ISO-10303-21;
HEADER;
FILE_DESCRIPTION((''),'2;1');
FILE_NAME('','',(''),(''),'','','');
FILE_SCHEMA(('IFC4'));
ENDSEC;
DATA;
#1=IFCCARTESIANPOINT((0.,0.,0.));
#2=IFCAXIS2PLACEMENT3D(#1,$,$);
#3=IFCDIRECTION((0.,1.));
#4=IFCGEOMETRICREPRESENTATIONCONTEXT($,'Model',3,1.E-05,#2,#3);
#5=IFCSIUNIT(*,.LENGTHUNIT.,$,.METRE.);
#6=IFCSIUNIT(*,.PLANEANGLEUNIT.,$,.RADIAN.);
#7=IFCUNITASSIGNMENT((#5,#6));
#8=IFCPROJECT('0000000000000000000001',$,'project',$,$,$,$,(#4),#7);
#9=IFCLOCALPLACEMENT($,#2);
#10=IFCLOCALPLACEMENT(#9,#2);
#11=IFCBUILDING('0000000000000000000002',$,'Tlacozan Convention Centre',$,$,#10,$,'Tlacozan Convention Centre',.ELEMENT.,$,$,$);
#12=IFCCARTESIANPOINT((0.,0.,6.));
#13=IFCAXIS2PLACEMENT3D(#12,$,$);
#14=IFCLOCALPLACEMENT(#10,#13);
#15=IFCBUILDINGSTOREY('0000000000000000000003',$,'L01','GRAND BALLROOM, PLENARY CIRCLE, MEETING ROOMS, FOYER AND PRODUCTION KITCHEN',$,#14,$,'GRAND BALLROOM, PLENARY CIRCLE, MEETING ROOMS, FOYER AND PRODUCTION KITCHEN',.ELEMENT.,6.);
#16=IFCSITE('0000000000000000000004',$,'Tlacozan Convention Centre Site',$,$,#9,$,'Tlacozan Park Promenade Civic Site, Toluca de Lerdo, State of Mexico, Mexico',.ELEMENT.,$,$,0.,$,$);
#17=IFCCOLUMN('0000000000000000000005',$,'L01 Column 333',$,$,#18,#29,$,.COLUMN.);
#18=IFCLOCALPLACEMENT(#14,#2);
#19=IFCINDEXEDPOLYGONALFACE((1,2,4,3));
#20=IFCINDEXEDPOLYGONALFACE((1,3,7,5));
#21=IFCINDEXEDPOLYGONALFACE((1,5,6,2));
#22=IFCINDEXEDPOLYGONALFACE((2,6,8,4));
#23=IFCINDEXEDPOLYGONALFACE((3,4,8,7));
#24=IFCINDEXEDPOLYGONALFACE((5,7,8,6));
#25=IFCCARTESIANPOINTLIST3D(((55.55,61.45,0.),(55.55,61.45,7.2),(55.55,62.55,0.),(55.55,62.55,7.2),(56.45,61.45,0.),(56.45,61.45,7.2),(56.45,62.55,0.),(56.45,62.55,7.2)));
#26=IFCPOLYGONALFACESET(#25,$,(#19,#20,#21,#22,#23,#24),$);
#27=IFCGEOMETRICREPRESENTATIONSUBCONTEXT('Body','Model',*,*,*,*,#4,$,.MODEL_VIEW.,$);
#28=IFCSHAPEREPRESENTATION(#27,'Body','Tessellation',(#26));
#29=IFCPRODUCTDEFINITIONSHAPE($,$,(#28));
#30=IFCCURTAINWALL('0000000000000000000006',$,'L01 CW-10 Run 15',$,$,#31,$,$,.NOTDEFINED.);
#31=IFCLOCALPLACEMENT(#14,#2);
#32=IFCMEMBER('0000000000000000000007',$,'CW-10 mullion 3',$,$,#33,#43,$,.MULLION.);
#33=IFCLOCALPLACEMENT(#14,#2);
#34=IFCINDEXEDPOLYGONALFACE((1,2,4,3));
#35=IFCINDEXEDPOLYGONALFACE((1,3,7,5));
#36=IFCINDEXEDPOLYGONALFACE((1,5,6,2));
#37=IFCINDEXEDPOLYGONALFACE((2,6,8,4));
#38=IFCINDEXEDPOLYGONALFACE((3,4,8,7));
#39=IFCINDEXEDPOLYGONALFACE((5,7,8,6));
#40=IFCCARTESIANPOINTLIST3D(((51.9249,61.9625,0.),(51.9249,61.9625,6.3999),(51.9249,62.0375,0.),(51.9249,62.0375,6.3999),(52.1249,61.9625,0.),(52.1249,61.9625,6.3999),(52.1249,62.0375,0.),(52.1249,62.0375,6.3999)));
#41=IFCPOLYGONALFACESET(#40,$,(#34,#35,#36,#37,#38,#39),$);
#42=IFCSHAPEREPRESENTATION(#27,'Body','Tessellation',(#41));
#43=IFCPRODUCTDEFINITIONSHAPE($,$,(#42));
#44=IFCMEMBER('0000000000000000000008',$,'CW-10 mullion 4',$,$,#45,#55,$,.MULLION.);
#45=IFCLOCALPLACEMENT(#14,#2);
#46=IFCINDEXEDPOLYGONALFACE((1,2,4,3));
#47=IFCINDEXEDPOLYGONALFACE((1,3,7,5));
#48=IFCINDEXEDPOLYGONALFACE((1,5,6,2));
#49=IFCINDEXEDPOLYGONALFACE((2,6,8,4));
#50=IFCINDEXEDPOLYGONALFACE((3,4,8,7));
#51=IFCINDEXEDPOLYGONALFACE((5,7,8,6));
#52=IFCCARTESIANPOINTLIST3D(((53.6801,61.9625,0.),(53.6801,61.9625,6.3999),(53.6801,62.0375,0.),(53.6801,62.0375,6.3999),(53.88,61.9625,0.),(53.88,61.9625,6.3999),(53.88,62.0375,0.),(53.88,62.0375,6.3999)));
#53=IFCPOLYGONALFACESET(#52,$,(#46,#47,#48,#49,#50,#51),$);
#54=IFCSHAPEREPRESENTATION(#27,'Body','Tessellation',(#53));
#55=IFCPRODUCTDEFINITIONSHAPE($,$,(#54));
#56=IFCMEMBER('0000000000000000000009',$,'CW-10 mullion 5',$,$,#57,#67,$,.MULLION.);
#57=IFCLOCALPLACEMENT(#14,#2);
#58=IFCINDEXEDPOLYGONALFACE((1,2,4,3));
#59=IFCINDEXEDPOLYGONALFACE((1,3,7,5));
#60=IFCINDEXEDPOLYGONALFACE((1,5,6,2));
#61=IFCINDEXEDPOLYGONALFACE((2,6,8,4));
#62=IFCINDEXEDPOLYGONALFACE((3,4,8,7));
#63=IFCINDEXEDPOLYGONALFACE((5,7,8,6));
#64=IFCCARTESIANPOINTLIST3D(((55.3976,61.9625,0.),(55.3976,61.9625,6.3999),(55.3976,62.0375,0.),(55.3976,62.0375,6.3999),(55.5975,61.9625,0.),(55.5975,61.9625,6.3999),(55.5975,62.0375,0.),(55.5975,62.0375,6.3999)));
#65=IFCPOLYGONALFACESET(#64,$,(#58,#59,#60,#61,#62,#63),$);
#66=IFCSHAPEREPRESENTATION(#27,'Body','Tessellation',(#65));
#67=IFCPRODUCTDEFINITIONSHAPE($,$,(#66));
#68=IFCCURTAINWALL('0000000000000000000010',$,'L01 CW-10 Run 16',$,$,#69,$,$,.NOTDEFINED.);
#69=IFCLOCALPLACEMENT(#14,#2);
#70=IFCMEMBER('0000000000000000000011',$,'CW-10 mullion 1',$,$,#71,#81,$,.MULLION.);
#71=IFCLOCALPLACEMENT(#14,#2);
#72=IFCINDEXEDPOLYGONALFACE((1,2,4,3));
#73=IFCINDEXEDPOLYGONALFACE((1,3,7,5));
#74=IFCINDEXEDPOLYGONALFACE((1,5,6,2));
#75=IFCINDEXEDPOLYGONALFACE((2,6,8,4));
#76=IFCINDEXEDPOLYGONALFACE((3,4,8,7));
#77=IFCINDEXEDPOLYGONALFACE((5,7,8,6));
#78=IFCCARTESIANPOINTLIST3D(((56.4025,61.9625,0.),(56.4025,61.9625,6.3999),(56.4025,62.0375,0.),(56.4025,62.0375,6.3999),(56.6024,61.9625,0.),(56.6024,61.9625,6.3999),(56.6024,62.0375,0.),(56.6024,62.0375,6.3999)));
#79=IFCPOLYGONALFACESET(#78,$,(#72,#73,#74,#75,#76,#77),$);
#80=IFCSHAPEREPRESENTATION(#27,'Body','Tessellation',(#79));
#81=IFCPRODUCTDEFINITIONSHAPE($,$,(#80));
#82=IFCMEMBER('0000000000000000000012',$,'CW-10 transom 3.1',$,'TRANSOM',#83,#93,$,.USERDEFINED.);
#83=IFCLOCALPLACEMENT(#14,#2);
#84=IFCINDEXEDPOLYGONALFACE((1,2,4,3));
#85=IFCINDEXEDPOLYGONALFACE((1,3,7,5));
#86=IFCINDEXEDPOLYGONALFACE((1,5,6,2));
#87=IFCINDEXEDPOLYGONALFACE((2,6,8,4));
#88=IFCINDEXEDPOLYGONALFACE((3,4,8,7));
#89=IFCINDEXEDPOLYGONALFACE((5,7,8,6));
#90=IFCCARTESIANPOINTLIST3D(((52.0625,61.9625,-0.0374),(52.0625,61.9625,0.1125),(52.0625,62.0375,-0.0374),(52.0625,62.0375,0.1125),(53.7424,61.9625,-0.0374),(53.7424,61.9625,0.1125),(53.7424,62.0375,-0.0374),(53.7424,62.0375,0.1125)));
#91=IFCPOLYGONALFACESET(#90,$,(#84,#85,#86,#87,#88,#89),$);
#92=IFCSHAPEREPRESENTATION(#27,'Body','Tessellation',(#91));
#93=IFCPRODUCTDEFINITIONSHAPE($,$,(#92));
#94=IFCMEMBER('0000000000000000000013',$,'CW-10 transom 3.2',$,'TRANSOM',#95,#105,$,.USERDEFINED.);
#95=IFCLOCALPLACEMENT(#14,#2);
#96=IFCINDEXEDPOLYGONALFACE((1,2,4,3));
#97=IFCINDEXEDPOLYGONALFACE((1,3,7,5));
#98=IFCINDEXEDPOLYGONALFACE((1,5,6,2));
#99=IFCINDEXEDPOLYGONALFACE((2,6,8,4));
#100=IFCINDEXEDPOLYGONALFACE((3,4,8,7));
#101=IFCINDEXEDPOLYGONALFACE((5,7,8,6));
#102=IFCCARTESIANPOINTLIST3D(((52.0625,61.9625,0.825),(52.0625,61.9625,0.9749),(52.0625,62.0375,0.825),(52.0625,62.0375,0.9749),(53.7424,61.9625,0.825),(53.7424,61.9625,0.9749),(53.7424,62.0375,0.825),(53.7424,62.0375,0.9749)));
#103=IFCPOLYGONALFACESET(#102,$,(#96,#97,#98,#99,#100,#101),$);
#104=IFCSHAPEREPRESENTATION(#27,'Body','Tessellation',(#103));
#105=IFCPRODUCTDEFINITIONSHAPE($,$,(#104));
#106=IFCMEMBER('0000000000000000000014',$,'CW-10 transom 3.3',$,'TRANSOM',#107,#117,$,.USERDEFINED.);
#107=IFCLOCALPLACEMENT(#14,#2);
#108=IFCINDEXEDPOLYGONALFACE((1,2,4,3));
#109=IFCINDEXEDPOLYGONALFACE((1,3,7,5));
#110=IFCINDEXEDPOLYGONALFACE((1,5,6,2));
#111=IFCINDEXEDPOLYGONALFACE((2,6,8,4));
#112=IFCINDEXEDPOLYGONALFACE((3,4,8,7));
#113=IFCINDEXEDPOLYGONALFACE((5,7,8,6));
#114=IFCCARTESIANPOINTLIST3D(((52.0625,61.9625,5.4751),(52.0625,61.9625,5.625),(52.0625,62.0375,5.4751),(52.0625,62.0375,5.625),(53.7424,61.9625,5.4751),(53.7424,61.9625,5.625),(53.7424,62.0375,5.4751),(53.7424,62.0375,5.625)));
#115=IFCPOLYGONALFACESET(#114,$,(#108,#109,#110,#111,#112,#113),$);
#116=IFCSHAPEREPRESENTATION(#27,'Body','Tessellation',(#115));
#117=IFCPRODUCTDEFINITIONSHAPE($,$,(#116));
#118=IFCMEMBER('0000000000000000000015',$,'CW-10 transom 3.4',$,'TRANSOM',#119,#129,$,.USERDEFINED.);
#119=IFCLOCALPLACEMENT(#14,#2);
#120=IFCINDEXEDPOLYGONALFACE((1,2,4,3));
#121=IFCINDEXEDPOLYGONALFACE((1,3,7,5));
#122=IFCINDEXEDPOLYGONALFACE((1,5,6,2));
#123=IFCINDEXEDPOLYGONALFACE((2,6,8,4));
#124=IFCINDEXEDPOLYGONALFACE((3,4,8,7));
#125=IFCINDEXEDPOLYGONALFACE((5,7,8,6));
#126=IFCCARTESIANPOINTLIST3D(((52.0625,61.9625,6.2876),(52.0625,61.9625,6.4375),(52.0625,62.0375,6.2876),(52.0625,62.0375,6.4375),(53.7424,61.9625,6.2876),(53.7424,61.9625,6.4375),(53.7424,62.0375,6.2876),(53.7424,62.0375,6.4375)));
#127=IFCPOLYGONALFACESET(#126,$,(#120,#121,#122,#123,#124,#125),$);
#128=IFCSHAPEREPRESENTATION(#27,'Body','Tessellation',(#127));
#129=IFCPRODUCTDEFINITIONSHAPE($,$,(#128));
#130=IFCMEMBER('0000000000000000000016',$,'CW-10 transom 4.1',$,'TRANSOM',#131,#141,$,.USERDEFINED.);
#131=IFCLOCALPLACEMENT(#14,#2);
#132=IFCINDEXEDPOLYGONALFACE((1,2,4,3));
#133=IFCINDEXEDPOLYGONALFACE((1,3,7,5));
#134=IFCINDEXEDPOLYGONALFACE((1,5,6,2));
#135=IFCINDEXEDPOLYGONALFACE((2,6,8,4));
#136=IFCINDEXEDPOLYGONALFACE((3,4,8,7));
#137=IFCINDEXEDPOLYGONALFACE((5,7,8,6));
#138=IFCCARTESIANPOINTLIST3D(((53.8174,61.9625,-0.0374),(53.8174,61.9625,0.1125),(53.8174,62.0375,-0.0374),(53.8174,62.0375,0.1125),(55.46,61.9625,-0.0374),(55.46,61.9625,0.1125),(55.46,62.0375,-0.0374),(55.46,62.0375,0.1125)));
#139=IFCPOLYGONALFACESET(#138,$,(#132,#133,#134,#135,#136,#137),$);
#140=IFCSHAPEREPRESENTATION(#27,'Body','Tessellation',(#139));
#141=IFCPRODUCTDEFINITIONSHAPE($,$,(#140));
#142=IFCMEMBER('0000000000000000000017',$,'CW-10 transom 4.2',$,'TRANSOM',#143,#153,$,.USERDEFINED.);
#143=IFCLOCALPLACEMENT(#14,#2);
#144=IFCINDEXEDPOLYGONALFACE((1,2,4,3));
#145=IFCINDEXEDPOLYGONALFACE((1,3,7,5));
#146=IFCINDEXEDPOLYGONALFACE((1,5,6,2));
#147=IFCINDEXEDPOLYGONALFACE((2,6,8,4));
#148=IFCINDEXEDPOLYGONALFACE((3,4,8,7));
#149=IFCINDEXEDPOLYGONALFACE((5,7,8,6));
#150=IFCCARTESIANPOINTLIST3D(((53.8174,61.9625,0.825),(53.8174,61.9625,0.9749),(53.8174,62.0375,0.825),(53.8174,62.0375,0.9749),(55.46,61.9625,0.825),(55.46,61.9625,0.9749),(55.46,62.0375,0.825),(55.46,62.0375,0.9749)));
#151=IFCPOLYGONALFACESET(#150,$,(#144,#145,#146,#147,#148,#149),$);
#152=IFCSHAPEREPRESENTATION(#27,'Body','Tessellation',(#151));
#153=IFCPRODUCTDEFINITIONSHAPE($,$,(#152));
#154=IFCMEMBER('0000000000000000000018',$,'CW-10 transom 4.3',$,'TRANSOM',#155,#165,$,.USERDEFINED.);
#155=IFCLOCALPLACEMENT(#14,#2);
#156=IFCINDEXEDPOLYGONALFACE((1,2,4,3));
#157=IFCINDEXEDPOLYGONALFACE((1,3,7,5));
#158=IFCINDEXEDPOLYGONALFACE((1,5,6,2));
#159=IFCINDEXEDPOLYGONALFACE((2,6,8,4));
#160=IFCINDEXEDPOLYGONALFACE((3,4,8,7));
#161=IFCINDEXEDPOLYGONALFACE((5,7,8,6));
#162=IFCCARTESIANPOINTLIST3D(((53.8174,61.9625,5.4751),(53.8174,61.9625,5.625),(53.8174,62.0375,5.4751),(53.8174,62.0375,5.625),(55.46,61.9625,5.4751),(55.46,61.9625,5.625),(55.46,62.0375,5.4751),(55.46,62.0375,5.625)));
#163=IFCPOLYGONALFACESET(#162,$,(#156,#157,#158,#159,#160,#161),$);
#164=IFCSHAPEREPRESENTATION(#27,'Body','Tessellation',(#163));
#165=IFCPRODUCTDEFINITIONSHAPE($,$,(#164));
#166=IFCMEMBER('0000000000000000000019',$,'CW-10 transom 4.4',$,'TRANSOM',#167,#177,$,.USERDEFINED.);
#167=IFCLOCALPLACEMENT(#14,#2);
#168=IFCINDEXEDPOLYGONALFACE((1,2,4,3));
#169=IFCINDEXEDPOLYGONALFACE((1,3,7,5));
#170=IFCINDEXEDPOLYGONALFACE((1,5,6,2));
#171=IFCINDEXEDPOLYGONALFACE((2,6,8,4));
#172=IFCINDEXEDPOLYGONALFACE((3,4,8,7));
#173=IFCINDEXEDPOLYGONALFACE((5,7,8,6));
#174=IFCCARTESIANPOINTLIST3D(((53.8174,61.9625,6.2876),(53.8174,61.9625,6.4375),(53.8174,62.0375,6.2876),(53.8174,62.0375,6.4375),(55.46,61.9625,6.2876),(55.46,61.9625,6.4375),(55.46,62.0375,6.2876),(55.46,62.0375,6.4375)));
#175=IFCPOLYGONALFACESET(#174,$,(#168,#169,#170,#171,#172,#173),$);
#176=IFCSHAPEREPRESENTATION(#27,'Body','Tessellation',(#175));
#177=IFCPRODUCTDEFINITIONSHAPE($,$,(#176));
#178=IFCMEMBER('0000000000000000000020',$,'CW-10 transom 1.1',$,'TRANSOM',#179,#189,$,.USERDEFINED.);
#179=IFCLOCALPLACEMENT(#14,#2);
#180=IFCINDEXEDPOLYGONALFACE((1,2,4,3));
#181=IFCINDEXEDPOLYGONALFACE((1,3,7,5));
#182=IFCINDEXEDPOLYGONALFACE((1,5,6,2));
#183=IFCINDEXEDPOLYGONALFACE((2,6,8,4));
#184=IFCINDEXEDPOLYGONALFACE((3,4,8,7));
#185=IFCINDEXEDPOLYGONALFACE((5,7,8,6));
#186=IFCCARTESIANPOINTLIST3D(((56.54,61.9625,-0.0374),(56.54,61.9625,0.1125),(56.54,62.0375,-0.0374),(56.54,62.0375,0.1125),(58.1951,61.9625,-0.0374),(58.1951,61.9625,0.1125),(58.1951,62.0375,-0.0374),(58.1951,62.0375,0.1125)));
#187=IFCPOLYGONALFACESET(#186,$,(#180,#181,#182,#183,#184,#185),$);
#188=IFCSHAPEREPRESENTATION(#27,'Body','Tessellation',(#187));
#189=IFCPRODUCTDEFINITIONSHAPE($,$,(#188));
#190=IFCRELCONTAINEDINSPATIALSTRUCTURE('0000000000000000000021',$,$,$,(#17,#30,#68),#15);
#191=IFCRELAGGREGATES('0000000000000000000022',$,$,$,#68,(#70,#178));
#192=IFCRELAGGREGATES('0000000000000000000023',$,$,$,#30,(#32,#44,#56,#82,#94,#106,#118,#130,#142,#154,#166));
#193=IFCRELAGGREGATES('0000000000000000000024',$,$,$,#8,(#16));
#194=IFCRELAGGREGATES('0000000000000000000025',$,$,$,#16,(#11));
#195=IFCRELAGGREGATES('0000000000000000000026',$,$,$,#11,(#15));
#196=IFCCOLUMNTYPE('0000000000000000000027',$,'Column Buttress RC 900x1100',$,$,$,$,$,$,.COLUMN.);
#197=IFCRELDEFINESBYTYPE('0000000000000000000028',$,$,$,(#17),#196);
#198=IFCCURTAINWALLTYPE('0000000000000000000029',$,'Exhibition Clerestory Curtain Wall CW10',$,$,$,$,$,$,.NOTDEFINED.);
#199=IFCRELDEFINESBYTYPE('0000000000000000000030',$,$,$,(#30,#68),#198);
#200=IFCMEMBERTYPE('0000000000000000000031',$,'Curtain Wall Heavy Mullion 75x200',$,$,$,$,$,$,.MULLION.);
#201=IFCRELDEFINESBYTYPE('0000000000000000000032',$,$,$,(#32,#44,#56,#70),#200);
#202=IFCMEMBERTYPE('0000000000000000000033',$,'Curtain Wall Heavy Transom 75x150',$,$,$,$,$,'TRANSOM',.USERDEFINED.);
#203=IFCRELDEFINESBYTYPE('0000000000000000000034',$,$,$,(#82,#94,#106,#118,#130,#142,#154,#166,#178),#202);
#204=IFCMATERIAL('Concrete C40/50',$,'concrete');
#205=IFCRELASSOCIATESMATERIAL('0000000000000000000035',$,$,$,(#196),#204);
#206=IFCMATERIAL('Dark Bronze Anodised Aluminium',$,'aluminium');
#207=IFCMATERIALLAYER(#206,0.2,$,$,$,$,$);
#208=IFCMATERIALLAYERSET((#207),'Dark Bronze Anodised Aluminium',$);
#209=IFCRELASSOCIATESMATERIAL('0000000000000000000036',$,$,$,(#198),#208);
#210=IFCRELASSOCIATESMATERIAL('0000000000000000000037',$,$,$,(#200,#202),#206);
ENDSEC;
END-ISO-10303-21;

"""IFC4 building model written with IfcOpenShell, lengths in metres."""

from ifc_helpers import new_model, si_unit, direction, frame, origin, origin_2d, place, context, subcontext, project, spatial, rectangle, extrude, material, layer, layer_set, material_profile, profile_set, type_object, element, aggregate, save


model = new_model("IFC4")

# Units and contexts
model_context = context("Model", 3, precision=1e-05, world=origin(), true_north=direction((0.0, 1.0)))
body_context = subcontext(model_context, "Body", "Model", "MODEL_VIEW")
ifc_project = project(units=[si_unit("LENGTHUNIT", "METRE"), si_unit("PLANEANGLEUNIT", "RADIAN")], contexts=[model_context])

# Site, building, storey
site_placement = place(None, origin())
site = spatial("IfcSite", under=ifc_project, at=site_placement, Name="Tlacozan Convention Centre Site", LongName="Tlacozan Park Promenade Civic Site, Toluca de Lerdo, State of Mexico, Mexico", CompositionType="ELEMENT", RefElevation=0.0)
building_placement = place(site_placement, origin())
building = spatial("IfcBuilding", under=site, at=building_placement, Name="Tlacozan Convention Centre", LongName="Tlacozan Convention Centre", CompositionType="ELEMENT")
storey_placement = place(building_placement, frame((0.0, 0.0, 6.0)))
storey = spatial("IfcBuildingStorey", under=building, at=storey_placement, Name="L01", Description="GRAND BALLROOM, PLENARY CIRCLE, MEETING ROOMS, FOYER AND PRODUCTION KITCHEN", LongName="GRAND BALLROOM, PLENARY CIRCLE, MEETING ROOMS, FOYER AND PRODUCTION KITCHEN", CompositionType="ELEMENT", Elevation=6.0)

# Column
ifc_material_1 = material(Name="Concrete C40/50", Category="concrete")
ifc_material_profile_1 = material_profile(ifc_material_1, rectangle(XDim=0.8999, YDim=1.1001, at=origin_2d()), Name="RC 900x1100")
ifc_profile_set_1 = profile_set([ifc_material_profile_1], Name="Concrete C40/50")
column_type = type_object("IfcColumnType", Name="Column Buttress RC 900x1100", PredefinedType="COLUMN", material=ifc_profile_set_1)
column_placement = place(storey_placement, frame((56.0, 62.0, 0.0), z_axis=(0.0, 0.0, 1.0), x_axis=(1.0, 0.0, 0.0)))
element("IfcColumn", 1, at=column_placement, inside=storey, type_object=column_type, Name="L01 Column 333", PredefinedType="COLUMN", context=body_context, shape_type="SweptSolid", body=[
    extrude(rectangle(XDim=0.8999, YDim=1.1001, at=origin_2d()), origin(), (0.0, 0.0, 1.0), 7.2),
])

# Curtain wall, members
ifc_material_2 = material(Name="Dark Bronze Anodised Aluminium", Category="aluminium")
ifc_layer_1 = layer(ifc_material_2, 0.2)
ifc_layer_set_1 = layer_set([ifc_layer_1], Name="Dark Bronze Anodised Aluminium")
curtain_wall_type = type_object("IfcCurtainWallType", Name="Exhibition Clerestory Curtain Wall CW10", PredefinedType="NOTDEFINED", material=ifc_layer_set_1)
curtain_wall_1_placement = place(storey_placement, origin())
curtain_wall_1 = element("IfcCurtainWall", 2, at=curtain_wall_1_placement, inside=storey, type_object=curtain_wall_type, Name="L01 CW-10 Run 15", PredefinedType="NOTDEFINED")
ifc_material_profile_2 = material_profile(ifc_material_2, rectangle(XDim=0.075, YDim=0.2, at=origin_2d()), Name="ALU 75x200")
ifc_profile_set_2 = profile_set([ifc_material_profile_2], Name="Dark Bronze Anodised Aluminium")
member_type_1 = type_object("IfcMemberType", Name="Curtain Wall Heavy Mullion 75x200", PredefinedType="MULLION", material=ifc_profile_set_2)
member_1_placement = place(storey_placement, frame((52.0249, 62.0, 0.0), z_axis=(0.0, 0.0, 1.0), x_axis=(0.0, 1.0, 0.0)))
member_1 = element("IfcMember", 3, at=member_1_placement, type_object=member_type_1, Name="CW-10 mullion 3", PredefinedType="MULLION", context=body_context, shape_type="SweptSolid", body=[
    extrude(rectangle(XDim=0.075, YDim=0.2, at=origin_2d()), origin(), (0.0, 0.0, 1.0), 6.3999),
])
member_2_placement = place(storey_placement, frame((53.78, 62.0, 0.0), z_axis=(0.0, 0.0, 1.0), x_axis=(0.0, 1.0, 0.0)))
member_2 = element("IfcMember", 4, at=member_2_placement, type_object=member_type_1, Name="CW-10 mullion 4", PredefinedType="MULLION", context=body_context, shape_type="SweptSolid", body=[
    extrude(rectangle(XDim=0.075, YDim=0.2, at=origin_2d()), origin(), (0.0, 0.0, 1.0), 6.3999),
])
member_3_placement = place(storey_placement, frame((55.4976, 62.0, 0.0), z_axis=(0.0, 0.0, 1.0), x_axis=(0.0, 1.0, 0.0)))
member_3 = element("IfcMember", 5, at=member_3_placement, type_object=member_type_1, Name="CW-10 mullion 5", PredefinedType="MULLION", context=body_context, shape_type="SweptSolid", body=[
    extrude(rectangle(XDim=0.075, YDim=0.2, at=origin_2d()), origin(), (0.0, 0.0, 1.0), 6.3999),
])

# Curtain wall, member
curtain_wall_2_placement = place(storey_placement, origin())
curtain_wall_2 = element("IfcCurtainWall", 6, at=curtain_wall_2_placement, inside=storey, type_object=curtain_wall_type, Name="L01 CW-10 Run 16", PredefinedType="NOTDEFINED")
member_4_placement = place(storey_placement, frame((56.5024, 62.0, 0.0), z_axis=(0.0, 0.0, 1.0), x_axis=(0.0, 1.0, 0.0)))
member_4 = element("IfcMember", 7, at=member_4_placement, type_object=member_type_1, Name="CW-10 mullion 1", PredefinedType="MULLION", context=body_context, shape_type="SweptSolid", body=[
    extrude(rectangle(XDim=0.075, YDim=0.2, at=origin_2d()), origin(), (0.0, 0.0, 1.0), 6.3999),
])

# Members
ifc_material_profile_3 = material_profile(ifc_material_2, rectangle(XDim=0.075, YDim=0.1499, at=origin_2d()), Name="ALU 75x150")
ifc_profile_set_3 = profile_set([ifc_material_profile_3], Name="Dark Bronze Anodised Aluminium")
member_type_2 = type_object("IfcMemberType", Name="Curtain Wall Heavy Transom 75x150", ElementType="TRANSOM", PredefinedType="USERDEFINED", material=ifc_profile_set_3)
member_5_placement = place(storey_placement, frame((52.0625, 62.0, 0.0376), z_axis=(1.0, 0.0, 0.0), x_axis=(0.0, 1.0, 0.0)))
member_5 = element("IfcMember", 8, at=member_5_placement, type_object=member_type_2, Name="CW-10 transom 3.1", ObjectType="TRANSOM", PredefinedType="USERDEFINED", context=body_context, shape_type="SweptSolid", body=[
    extrude(rectangle(XDim=0.075, YDim=0.1499, at=origin_2d()), origin(), (0.0, 0.0, 1.0), 1.6799),
])
member_6_placement = place(storey_placement, frame((52.0625, 62.0, 0.8999), z_axis=(1.0, 0.0, 0.0), x_axis=(0.0, 1.0, 0.0)))
member_6 = element("IfcMember", 9, at=member_6_placement, type_object=member_type_2, Name="CW-10 transom 3.2", ObjectType="TRANSOM", PredefinedType="USERDEFINED", context=body_context, shape_type="SweptSolid", body=[
    extrude(rectangle(XDim=0.075, YDim=0.1499, at=origin_2d()), origin(), (0.0, 0.0, 1.0), 1.6799),
])
member_7_placement = place(storey_placement, frame((52.0625, 62.0, 5.55), z_axis=(1.0, 0.0, 0.0), x_axis=(0.0, 1.0, 0.0)))
member_7 = element("IfcMember", 10, at=member_7_placement, type_object=member_type_2, Name="CW-10 transom 3.3", ObjectType="TRANSOM", PredefinedType="USERDEFINED", context=body_context, shape_type="SweptSolid", body=[
    extrude(rectangle(XDim=0.075, YDim=0.1499, at=origin_2d()), origin(), (0.0, 0.0, 1.0), 1.6799),
])
member_8_placement = place(storey_placement, frame((52.0625, 62.0, 6.3625), z_axis=(1.0, 0.0, 0.0), x_axis=(0.0, 1.0, 0.0)))
member_8 = element("IfcMember", 11, at=member_8_placement, type_object=member_type_2, Name="CW-10 transom 3.4", ObjectType="TRANSOM", PredefinedType="USERDEFINED", context=body_context, shape_type="SweptSolid", body=[
    extrude(rectangle(XDim=0.075, YDim=0.1499, at=origin_2d()), origin(), (0.0, 0.0, 1.0), 1.6799),
])
member_9_placement = place(storey_placement, frame((53.8174, 62.0, 0.0376), z_axis=(1.0, 0.0, 0.0), x_axis=(0.0, 1.0, 0.0)))
member_9 = element("IfcMember", 12, at=member_9_placement, type_object=member_type_2, Name="CW-10 transom 4.1", ObjectType="TRANSOM", PredefinedType="USERDEFINED", context=body_context, shape_type="SweptSolid", body=[
    extrude(rectangle(XDim=0.075, YDim=0.1499, at=origin_2d()), origin(), (0.0, 0.0, 1.0), 1.6426),
])
member_10_placement = place(storey_placement, frame((53.8174, 62.0, 0.8999), z_axis=(1.0, 0.0, 0.0), x_axis=(0.0, 1.0, 0.0)))
member_10 = element("IfcMember", 13, at=member_10_placement, type_object=member_type_2, Name="CW-10 transom 4.2", ObjectType="TRANSOM", PredefinedType="USERDEFINED", context=body_context, shape_type="SweptSolid", body=[
    extrude(rectangle(XDim=0.075, YDim=0.1499, at=origin_2d()), origin(), (0.0, 0.0, 1.0), 1.6426),
])
member_11_placement = place(storey_placement, frame((53.8174, 62.0, 5.55), z_axis=(1.0, 0.0, 0.0), x_axis=(0.0, 1.0, 0.0)))
member_11 = element("IfcMember", 14, at=member_11_placement, type_object=member_type_2, Name="CW-10 transom 4.3", ObjectType="TRANSOM", PredefinedType="USERDEFINED", context=body_context, shape_type="SweptSolid", body=[
    extrude(rectangle(XDim=0.075, YDim=0.1499, at=origin_2d()), origin(), (0.0, 0.0, 1.0), 1.6426),
])
member_12_placement = place(storey_placement, frame((53.8174, 62.0, 6.3625), z_axis=(1.0, 0.0, 0.0), x_axis=(0.0, 1.0, 0.0)))
member_12 = element("IfcMember", 15, at=member_12_placement, type_object=member_type_2, Name="CW-10 transom 4.4", ObjectType="TRANSOM", PredefinedType="USERDEFINED", context=body_context, shape_type="SweptSolid", body=[
    extrude(rectangle(XDim=0.075, YDim=0.1499, at=origin_2d()), origin(), (0.0, 0.0, 1.0), 1.6426),
])
member_13_placement = place(storey_placement, frame((56.54, 62.0, 0.0376), z_axis=(1.0, 0.0, 0.0), x_axis=(0.0, 1.0, 0.0)))
member_13 = element("IfcMember", 16, at=member_13_placement, type_object=member_type_2, Name="CW-10 transom 1.1", ObjectType="TRANSOM", PredefinedType="USERDEFINED", context=body_context, shape_type="SweptSolid", body=[
    extrude(rectangle(XDim=0.075, YDim=0.1499, at=origin_2d()), origin(), (0.0, 0.0, 1.0), 1.655),
])
aggregate(curtain_wall_2, [member_4, member_13])

aggregate(curtain_wall_1, [member_1, member_2, member_3, member_5, member_6, member_7, member_8, member_9, member_10, member_11, member_12])

save(model, "model.ifc")
